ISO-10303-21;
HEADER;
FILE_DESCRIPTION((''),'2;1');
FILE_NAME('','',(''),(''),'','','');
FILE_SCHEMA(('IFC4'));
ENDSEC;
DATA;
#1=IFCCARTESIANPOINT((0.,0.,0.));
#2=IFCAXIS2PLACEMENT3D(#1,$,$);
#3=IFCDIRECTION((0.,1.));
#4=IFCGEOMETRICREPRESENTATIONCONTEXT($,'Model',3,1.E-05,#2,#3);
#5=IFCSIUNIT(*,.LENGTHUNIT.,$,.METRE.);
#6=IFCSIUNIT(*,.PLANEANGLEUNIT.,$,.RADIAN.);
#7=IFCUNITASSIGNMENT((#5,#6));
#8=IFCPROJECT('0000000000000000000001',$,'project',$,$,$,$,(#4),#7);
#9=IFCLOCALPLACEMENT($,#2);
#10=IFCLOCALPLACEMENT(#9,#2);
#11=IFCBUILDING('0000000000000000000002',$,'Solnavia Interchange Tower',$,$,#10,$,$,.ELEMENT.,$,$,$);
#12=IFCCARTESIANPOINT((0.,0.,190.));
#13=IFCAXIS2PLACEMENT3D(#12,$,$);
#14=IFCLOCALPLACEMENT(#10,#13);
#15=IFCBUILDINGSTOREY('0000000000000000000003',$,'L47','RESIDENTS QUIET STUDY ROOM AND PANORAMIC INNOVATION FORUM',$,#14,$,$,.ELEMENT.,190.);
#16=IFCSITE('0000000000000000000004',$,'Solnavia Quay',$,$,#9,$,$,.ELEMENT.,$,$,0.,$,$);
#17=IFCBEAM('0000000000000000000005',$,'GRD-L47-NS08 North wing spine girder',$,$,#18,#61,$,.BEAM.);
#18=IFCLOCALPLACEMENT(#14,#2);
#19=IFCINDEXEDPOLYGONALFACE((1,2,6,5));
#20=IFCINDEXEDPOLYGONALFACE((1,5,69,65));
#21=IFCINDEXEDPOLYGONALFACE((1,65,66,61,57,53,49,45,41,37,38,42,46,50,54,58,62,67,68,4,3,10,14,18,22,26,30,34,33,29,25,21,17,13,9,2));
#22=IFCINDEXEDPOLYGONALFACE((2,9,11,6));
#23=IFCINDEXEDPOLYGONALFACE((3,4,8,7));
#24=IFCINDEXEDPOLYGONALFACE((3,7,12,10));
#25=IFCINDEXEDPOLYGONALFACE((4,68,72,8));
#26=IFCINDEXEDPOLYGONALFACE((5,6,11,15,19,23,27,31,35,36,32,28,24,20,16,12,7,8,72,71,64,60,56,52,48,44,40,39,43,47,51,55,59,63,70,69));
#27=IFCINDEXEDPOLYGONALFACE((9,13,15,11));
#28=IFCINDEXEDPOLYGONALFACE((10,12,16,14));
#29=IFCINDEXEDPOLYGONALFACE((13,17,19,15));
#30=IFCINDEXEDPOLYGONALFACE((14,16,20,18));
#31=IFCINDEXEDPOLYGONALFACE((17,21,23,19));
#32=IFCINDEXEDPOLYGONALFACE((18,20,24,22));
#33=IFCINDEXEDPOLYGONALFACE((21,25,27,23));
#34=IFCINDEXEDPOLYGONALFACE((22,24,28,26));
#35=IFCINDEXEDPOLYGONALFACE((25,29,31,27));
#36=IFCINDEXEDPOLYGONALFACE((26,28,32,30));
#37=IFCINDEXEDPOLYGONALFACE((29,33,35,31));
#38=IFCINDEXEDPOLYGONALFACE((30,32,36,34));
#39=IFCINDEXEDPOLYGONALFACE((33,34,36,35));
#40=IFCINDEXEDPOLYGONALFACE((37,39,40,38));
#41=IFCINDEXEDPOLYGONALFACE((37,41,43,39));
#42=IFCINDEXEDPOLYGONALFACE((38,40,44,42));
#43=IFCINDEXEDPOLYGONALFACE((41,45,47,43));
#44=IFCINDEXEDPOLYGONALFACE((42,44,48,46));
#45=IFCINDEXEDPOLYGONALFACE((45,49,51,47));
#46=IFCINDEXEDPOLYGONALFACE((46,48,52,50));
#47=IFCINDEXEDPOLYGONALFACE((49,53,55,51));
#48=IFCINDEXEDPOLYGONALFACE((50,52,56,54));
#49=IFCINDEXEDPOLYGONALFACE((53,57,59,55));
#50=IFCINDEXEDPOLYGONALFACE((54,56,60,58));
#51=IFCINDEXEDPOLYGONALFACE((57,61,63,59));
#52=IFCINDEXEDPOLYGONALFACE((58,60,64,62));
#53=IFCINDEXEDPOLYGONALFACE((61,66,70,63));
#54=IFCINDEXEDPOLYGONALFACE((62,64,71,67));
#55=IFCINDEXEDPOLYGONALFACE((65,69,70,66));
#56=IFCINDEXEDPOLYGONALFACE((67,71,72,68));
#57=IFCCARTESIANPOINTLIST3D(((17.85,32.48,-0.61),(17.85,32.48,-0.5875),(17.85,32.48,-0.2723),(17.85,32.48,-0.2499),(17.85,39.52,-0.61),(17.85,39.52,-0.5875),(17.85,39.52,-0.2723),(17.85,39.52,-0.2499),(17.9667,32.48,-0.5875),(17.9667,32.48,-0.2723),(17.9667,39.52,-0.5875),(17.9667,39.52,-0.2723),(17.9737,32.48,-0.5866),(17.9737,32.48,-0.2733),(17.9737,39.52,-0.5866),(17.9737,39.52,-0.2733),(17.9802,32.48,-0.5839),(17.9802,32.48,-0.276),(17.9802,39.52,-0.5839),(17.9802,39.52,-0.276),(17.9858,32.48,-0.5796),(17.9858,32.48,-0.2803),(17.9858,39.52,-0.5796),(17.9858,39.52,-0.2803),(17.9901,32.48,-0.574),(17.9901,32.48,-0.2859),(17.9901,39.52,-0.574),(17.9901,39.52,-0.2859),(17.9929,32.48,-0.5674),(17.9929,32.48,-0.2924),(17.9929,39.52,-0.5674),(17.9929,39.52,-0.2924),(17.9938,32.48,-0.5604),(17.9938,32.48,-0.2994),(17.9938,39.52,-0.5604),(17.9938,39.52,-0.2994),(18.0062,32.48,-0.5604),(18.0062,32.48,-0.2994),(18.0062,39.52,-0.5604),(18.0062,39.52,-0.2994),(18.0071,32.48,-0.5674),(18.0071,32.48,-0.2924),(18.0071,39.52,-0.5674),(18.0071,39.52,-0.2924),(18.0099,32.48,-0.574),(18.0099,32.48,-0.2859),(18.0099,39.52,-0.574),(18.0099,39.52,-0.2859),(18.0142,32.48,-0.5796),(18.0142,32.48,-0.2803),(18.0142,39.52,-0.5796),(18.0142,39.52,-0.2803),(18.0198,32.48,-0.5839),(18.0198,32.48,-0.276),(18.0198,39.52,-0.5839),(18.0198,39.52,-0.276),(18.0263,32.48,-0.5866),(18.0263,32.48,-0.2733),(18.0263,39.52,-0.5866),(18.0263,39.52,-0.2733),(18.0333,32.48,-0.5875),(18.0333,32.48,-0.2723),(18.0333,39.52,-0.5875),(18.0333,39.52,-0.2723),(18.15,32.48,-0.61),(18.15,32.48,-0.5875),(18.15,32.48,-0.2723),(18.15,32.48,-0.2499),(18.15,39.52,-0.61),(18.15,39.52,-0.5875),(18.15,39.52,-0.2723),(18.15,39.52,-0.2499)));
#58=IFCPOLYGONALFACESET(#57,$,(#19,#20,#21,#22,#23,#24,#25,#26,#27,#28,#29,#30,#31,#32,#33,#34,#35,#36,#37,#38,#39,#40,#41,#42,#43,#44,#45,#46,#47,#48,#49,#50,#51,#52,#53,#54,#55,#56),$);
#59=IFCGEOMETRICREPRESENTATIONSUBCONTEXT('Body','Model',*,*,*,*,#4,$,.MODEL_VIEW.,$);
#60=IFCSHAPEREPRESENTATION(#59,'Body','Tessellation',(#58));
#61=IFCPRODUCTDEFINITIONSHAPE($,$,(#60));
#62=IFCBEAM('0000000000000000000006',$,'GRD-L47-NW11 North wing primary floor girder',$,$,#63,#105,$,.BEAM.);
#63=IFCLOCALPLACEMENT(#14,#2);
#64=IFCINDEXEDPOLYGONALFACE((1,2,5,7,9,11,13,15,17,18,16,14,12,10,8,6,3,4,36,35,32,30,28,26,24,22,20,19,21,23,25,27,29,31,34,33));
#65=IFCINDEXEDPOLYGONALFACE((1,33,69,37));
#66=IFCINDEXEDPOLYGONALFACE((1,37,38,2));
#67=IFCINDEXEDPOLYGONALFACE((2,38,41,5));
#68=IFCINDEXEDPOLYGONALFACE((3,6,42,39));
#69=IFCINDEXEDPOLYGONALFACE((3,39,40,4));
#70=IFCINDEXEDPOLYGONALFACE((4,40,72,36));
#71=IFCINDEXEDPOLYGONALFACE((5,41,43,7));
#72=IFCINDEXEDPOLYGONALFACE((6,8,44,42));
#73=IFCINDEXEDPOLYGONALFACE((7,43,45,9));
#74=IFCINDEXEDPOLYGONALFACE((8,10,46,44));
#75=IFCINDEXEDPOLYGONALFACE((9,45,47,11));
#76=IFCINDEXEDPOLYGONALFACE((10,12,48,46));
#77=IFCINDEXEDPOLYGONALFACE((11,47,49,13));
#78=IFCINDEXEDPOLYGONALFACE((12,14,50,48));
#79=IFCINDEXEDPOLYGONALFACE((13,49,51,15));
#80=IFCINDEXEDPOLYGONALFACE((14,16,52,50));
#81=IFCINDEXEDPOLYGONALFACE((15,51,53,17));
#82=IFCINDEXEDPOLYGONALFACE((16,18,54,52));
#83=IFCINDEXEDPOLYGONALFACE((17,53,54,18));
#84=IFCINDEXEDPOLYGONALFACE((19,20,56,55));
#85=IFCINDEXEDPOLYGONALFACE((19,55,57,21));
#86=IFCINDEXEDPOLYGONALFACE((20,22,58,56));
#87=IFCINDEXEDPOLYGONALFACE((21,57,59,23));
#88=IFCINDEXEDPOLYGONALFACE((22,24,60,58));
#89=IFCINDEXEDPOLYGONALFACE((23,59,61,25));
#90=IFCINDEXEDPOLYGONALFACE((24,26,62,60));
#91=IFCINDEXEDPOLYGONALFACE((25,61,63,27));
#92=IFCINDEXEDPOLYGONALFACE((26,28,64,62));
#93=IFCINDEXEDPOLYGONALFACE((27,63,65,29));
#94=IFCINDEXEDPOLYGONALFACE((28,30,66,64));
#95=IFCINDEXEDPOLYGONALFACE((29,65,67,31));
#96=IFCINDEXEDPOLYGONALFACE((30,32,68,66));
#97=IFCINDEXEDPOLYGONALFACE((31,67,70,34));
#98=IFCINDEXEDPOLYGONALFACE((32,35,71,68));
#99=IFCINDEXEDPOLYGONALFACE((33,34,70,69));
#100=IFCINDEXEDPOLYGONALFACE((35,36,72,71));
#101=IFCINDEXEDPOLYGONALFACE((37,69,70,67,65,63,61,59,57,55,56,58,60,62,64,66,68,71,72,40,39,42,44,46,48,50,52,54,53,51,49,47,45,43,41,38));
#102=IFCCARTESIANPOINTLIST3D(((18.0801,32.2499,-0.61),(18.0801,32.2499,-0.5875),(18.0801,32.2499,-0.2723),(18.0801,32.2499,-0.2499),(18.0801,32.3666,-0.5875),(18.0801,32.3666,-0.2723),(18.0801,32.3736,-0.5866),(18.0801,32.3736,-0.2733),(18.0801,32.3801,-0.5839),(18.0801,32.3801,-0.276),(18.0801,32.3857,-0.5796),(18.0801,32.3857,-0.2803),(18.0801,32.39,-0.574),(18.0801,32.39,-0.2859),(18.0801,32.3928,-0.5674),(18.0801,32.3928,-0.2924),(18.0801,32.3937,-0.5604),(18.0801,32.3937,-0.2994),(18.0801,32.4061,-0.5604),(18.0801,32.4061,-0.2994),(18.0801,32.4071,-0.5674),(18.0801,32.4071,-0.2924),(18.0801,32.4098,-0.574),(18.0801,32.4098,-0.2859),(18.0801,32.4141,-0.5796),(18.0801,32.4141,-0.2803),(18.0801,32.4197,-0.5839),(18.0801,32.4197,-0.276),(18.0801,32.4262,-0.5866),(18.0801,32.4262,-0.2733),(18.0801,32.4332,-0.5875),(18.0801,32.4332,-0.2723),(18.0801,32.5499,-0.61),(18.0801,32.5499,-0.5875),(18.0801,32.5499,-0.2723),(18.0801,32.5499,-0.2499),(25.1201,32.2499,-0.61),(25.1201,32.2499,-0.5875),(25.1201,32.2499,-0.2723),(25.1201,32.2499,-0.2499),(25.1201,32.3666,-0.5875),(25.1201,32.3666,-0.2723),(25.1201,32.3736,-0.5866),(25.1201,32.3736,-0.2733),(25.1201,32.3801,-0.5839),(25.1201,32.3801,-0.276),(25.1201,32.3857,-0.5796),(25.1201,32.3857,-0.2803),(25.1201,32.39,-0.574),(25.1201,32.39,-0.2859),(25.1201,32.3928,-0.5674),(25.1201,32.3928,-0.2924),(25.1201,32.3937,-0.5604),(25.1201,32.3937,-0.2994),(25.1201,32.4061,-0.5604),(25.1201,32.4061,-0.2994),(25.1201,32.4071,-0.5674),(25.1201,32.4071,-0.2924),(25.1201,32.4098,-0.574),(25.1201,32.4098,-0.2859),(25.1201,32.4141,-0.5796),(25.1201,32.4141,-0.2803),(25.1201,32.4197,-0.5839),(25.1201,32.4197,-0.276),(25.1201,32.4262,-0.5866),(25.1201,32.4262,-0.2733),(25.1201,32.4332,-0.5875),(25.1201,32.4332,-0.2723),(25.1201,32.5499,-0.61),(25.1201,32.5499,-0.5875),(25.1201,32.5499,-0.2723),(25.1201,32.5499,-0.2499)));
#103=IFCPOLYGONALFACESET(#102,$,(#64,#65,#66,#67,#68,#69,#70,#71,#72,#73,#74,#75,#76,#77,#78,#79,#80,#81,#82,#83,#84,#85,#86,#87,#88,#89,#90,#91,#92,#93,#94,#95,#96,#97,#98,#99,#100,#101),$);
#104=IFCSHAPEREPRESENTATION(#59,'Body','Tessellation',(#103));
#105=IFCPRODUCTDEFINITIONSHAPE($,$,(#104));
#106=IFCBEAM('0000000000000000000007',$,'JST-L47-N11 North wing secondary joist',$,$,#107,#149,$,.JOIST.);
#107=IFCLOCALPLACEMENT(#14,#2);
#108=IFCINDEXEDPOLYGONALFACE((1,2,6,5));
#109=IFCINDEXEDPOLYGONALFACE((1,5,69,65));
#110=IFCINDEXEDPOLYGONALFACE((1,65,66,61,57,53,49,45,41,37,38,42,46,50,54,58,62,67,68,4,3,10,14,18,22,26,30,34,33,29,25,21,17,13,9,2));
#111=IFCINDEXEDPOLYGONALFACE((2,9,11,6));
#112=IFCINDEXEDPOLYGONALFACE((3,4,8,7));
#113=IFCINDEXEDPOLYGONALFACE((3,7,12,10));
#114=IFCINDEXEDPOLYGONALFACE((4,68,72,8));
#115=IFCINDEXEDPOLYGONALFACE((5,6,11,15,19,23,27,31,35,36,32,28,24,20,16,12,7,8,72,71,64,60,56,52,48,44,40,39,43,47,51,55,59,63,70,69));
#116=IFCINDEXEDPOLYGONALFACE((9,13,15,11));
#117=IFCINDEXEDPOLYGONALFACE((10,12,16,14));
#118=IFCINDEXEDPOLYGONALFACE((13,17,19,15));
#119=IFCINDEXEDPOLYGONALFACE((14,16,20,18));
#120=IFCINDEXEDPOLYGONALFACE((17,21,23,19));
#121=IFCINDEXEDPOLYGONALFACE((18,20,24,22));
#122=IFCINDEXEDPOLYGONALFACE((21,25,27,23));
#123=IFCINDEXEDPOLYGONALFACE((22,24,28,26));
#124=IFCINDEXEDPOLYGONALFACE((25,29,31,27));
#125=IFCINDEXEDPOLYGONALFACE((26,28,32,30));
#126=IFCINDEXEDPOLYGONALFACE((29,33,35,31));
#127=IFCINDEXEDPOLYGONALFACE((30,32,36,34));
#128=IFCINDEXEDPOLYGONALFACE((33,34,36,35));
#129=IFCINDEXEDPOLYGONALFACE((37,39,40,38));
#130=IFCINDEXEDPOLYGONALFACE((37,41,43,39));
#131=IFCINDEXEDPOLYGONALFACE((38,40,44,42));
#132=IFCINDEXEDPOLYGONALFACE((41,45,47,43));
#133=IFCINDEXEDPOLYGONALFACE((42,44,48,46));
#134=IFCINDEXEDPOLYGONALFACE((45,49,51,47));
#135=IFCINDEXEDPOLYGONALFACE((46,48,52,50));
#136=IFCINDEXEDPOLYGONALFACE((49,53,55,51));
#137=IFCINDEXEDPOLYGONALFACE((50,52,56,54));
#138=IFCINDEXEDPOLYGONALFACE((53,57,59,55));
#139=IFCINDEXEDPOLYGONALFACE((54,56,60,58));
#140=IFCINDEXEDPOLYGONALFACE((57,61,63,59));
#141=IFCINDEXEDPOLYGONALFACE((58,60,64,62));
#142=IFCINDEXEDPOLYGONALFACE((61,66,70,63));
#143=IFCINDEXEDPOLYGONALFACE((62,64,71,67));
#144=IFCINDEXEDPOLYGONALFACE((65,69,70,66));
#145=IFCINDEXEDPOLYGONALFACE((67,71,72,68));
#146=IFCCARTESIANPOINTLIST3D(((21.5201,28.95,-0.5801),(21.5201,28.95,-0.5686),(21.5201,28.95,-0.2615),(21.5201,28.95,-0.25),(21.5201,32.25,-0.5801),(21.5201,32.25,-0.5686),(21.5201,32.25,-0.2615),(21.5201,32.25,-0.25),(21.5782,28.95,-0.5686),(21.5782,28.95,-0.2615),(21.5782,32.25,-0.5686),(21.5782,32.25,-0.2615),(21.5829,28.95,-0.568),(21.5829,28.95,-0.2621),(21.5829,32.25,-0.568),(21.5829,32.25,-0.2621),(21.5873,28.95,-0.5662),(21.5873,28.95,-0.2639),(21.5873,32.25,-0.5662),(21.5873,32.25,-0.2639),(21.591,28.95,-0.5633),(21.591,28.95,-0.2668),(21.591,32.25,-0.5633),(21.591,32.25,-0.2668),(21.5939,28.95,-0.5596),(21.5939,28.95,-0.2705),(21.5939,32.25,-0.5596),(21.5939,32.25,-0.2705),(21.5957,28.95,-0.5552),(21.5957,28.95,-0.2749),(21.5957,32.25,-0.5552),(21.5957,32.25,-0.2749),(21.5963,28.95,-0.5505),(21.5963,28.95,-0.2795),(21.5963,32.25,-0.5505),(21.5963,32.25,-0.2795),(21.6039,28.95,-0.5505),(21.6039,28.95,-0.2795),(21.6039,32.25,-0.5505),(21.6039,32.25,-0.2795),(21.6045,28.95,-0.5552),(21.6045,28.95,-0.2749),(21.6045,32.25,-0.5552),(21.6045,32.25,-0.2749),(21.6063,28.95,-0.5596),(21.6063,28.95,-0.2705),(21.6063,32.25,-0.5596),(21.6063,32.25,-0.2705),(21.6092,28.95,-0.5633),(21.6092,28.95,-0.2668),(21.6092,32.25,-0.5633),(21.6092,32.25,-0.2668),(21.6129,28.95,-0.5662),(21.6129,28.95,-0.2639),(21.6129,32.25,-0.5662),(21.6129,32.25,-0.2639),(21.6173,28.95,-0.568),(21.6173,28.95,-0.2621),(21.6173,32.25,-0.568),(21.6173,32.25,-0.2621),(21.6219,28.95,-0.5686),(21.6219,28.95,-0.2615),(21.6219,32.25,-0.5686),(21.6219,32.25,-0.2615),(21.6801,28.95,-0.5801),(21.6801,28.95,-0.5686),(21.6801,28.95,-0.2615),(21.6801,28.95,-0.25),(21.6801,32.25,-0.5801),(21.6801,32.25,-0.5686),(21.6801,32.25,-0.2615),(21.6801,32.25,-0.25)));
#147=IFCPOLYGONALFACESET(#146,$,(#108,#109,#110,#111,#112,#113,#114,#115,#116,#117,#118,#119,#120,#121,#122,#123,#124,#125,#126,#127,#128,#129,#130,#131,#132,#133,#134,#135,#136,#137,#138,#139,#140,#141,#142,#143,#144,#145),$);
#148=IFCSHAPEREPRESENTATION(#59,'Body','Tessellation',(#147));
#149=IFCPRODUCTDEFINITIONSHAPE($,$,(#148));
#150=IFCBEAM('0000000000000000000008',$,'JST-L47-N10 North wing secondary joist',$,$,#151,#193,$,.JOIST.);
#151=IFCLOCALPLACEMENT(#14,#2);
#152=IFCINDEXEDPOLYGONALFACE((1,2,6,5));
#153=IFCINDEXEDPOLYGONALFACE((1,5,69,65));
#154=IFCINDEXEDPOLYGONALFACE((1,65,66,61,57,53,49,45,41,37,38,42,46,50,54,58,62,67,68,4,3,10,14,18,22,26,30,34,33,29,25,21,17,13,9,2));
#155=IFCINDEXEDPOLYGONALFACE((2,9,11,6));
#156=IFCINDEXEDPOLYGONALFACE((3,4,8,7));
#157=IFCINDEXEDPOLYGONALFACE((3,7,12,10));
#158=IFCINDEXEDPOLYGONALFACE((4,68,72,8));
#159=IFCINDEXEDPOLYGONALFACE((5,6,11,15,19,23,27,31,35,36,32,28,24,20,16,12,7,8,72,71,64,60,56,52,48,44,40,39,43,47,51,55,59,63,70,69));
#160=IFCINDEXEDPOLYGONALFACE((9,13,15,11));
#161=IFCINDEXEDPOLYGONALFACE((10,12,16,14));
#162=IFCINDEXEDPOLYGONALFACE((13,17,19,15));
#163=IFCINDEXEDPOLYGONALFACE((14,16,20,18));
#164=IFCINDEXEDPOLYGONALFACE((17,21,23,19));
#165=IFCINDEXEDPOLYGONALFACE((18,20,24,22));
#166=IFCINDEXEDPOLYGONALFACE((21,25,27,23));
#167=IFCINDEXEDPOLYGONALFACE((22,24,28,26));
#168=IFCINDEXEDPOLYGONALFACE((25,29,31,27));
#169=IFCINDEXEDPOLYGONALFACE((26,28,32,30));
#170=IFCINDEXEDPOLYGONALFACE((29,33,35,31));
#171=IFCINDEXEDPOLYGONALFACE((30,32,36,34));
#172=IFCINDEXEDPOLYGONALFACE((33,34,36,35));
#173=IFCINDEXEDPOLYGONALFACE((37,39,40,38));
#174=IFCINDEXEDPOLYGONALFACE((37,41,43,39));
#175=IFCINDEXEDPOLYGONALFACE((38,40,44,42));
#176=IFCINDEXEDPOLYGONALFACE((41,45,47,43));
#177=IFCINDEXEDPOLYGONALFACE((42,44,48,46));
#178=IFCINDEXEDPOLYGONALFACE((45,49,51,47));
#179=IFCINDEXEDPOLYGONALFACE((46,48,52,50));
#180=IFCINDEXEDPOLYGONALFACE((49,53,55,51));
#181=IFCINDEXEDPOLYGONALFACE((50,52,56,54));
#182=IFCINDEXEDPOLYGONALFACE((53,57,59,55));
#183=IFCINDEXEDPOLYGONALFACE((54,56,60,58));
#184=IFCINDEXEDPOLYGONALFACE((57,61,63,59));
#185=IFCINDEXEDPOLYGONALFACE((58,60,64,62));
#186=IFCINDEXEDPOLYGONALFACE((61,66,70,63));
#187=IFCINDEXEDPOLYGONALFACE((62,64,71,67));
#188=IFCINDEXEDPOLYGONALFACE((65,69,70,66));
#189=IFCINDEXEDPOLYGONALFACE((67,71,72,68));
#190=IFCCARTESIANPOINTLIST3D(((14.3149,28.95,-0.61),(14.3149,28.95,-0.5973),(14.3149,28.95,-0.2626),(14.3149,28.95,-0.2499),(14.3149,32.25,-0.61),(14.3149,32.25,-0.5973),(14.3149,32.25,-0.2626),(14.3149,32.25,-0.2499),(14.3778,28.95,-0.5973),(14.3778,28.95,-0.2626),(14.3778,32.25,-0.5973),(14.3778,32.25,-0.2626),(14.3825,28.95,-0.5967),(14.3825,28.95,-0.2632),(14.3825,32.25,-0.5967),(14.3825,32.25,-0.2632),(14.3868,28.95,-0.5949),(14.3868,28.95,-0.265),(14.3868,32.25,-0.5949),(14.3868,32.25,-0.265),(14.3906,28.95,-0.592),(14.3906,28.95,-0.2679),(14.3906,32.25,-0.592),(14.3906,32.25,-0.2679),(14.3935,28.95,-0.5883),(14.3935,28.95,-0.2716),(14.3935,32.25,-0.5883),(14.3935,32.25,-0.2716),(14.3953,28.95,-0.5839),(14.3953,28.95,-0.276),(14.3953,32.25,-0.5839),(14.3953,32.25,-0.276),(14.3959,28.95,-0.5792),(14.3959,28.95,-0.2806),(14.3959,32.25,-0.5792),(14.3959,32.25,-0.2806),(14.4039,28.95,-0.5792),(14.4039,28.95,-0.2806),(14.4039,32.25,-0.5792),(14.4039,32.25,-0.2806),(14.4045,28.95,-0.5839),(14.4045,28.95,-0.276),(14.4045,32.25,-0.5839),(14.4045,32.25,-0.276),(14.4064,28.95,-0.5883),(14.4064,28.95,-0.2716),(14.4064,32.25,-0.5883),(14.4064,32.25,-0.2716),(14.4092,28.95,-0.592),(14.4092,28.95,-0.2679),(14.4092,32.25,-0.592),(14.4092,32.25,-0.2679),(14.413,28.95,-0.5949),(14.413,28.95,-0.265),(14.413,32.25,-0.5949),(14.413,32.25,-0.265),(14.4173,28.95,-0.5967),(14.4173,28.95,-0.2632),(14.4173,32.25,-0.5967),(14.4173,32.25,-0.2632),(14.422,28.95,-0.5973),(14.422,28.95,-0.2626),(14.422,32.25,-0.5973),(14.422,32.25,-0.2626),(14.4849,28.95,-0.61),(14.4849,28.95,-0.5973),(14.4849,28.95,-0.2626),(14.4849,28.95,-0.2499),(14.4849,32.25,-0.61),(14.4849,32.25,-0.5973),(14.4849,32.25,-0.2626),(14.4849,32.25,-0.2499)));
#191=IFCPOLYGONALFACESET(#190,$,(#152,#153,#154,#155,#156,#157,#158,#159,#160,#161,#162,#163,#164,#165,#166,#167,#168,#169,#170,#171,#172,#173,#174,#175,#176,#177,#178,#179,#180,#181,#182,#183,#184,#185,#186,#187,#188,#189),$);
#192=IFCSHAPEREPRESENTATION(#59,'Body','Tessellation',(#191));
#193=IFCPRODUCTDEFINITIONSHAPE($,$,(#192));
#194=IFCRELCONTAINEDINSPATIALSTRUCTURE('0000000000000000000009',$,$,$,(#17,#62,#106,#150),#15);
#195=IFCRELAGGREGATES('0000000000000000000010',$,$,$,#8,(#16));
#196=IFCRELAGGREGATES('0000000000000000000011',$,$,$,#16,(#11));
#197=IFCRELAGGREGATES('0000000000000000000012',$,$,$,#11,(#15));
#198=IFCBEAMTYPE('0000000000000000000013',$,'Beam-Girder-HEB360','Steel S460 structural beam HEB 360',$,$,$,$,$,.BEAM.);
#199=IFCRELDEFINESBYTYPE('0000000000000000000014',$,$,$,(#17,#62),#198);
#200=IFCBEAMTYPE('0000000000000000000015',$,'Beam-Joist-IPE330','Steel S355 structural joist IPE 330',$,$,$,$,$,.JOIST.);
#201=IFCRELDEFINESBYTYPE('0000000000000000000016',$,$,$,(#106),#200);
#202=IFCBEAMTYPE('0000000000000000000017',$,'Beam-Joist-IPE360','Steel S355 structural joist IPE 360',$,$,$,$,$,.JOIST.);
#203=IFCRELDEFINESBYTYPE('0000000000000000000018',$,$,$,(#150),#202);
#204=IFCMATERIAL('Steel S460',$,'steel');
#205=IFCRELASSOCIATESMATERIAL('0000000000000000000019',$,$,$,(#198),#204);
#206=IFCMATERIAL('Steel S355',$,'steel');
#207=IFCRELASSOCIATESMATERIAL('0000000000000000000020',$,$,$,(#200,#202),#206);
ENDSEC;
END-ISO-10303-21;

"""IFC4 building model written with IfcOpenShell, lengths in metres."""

from ifc_helpers import new_model, si_unit, direction, frame, origin, origin_2d, place, context, subcontext, project, spatial, i_section, extrude, material, material_profile, profile_set, type_object, element, save


model = new_model("IFC4")

# Units and contexts
model_context = context("Model", 3, precision=1e-05, world=origin(), true_north=direction((0.0, 1.0)))
body_context = subcontext(model_context, "Body", "Model", "MODEL_VIEW")
ifc_project = project(units=[si_unit("LENGTHUNIT", "METRE"), si_unit("PLANEANGLEUNIT", "RADIAN")], contexts=[model_context])

# Site, building, storey
site_placement = place(None, origin())
site = spatial("IfcSite", under=ifc_project, at=site_placement, Name="Solnavia Quay", CompositionType="ELEMENT", RefElevation=0.0)
building_placement = place(site_placement, origin())
building = spatial("IfcBuilding", under=site, at=building_placement, Name="Solnavia Interchange Tower", CompositionType="ELEMENT")
storey_placement = place(building_placement, frame((0.0, 0.0, 190.0)))
storey = spatial("IfcBuildingStorey", under=building, at=storey_placement, Name="L47", Description="RESIDENTS QUIET STUDY ROOM AND PANORAMIC INNOVATION FORUM", CompositionType="ELEMENT", Elevation=190.0)

# Shared definitions
ifc_material_1 = material(Name="Steel S355", Category="steel")

# Beams
ifc_material_2 = material(Name="Steel S460", Category="steel")
ifc_material_profile_1 = material_profile(ifc_material_2, i_section(OverallWidth=0.3, OverallDepth=0.3601, WebThickness=0.0125, FlangeThickness=0.0225, FilletRadius=0.0271, at=origin_2d()), Name="HEB 360")
ifc_profile_set_1 = profile_set([ifc_material_profile_1], Name="Steel S460")
beam_type_1 = type_object("IfcBeamType", Name="Beam-Girder-HEB360", Description="Steel S460 structural beam HEB 360", PredefinedType="BEAM", material=ifc_profile_set_1)
for number, where, z_axis, x_axis, name in (
    (1, (18.0, 32.48, -0.4299), (0.0, 1.0, 0.0), (-1.0, 0.0, 0.0), "GRD-L47-NS08 North wing spine girder"),
    (2, (18.0801, 32.3999, -0.4299), (1.0, 0.0, 0.0), (0.0, 1.0, 0.0), "GRD-L47-NW11 North wing primary floor girder"),
):
    element("IfcBeam", number, at=place(storey_placement, frame(where, z_axis=z_axis, x_axis=x_axis)), inside=storey, type_object=beam_type_1, Name=name, PredefinedType="BEAM", context=body_context, shape_type="SweptSolid", body=[
        extrude(i_section(OverallWidth=0.3, OverallDepth=0.3601, WebThickness=0.0125, FlangeThickness=0.0225, FilletRadius=0.0271, at=origin_2d()), origin(), (0.0, 0.0, 1.0), 7.04),
    ])
ifc_material_profile_2 = material_profile(ifc_material_1, i_section(OverallWidth=0.1599, OverallDepth=0.3301, WebThickness=0.0076, FlangeThickness=0.0115, FilletRadius=0.0181, at=origin_2d()), Name="IPE 330")
ifc_profile_set_2 = profile_set([ifc_material_profile_2], Name="Steel S355")
beam_type_2 = type_object("IfcBeamType", Name="Beam-Joist-IPE330", Description="Steel S355 structural joist IPE 330", PredefinedType="JOIST", material=ifc_profile_set_2)
beam_1_placement = place(storey_placement, frame((21.6001, 28.95, -0.415), z_axis=(0.0, 1.0, 0.0), x_axis=(-1.0, 0.0, 0.0)))
element("IfcBeam", 3, at=beam_1_placement, inside=storey, type_object=beam_type_2, Name="JST-L47-N11 North wing secondary joist", PredefinedType="JOIST", context=body_context, shape_type="SweptSolid", body=[
    extrude(i_section(OverallWidth=0.1599, OverallDepth=0.3301, WebThickness=0.0076, FlangeThickness=0.0115, FilletRadius=0.0181, at=origin_2d()), origin(), (0.0, 0.0, 1.0), 3.3),
])
ifc_material_profile_3 = material_profile(ifc_material_1, i_section(OverallWidth=0.1699, OverallDepth=0.3601, WebThickness=0.0081, FlangeThickness=0.0127, FilletRadius=0.0181, at=origin_2d()), Name="IPE 360")
ifc_profile_set_3 = profile_set([ifc_material_profile_3], Name="Steel S355")
beam_type_3 = type_object("IfcBeamType", Name="Beam-Joist-IPE360", Description="Steel S355 structural joist IPE 360", PredefinedType="JOIST", material=ifc_profile_set_3)
beam_2_placement = place(storey_placement, frame((14.3999, 28.95, -0.4299), z_axis=(0.0, 1.0, 0.0), x_axis=(-1.0, 0.0, 0.0)))
element("IfcBeam", 4, at=beam_2_placement, inside=storey, type_object=beam_type_3, Name="JST-L47-N10 North wing secondary joist", PredefinedType="JOIST", context=body_context, shape_type="SweptSolid", body=[
    extrude(i_section(OverallWidth=0.1699, OverallDepth=0.3601, WebThickness=0.0081, FlangeThickness=0.0127, FilletRadius=0.0181, at=origin_2d()), origin(), (0.0, 0.0, 1.0), 3.3),
])

save(model, "model.ifc")
